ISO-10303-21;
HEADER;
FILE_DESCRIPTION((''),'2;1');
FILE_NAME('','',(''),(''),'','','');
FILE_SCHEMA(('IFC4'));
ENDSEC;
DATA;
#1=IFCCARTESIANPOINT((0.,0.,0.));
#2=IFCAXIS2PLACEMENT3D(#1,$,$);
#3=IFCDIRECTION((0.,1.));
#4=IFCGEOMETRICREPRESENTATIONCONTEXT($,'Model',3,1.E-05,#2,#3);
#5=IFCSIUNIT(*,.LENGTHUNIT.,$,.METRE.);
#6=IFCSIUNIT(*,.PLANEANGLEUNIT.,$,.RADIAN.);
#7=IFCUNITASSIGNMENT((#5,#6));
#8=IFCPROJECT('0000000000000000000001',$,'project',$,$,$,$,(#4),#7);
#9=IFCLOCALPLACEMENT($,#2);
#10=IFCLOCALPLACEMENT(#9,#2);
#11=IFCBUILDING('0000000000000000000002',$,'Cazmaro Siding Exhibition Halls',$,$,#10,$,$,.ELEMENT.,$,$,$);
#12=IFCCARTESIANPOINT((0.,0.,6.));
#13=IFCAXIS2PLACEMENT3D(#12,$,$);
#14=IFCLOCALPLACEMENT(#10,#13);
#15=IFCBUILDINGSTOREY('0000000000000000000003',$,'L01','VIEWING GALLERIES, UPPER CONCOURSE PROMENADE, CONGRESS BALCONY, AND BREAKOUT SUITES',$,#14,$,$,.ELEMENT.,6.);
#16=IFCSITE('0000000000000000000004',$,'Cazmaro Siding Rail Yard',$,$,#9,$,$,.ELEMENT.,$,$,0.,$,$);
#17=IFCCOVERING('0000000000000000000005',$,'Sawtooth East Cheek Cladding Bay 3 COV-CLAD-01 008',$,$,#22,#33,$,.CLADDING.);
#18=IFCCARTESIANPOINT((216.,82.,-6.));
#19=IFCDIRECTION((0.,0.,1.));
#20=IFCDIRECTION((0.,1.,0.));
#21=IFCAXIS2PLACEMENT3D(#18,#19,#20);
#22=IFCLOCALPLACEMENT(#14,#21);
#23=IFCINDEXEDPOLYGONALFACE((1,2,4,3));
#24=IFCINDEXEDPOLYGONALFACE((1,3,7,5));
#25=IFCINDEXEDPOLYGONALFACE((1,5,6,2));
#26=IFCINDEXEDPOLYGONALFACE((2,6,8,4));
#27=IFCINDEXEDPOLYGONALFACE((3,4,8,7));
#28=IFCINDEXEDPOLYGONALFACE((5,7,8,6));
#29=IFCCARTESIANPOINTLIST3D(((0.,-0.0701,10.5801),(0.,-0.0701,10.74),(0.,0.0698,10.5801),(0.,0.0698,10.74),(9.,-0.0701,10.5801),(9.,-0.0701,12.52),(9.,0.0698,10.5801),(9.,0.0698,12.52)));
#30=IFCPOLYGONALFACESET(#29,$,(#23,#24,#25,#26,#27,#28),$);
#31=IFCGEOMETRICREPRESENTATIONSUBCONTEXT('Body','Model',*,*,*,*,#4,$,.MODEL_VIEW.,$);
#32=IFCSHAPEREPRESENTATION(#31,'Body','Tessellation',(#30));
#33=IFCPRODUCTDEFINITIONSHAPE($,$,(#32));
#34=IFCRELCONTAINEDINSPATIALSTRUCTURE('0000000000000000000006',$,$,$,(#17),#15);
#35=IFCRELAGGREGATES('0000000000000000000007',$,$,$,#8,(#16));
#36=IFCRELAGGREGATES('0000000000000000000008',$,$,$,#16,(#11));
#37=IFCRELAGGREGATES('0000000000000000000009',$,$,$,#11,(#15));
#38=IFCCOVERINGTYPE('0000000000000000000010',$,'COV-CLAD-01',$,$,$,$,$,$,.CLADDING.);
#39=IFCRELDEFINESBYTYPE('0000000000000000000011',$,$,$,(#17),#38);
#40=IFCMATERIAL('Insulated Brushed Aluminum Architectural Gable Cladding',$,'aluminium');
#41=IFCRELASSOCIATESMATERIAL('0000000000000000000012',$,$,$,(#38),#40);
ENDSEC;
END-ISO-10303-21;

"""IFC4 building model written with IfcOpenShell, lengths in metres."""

from ifc_helpers import new_model, si_unit, direction, frame, origin, place, context, subcontext, project, spatial, polyline, outline, extrude, material, type_object, element, save


model = new_model("IFC4")

# Units and contexts
model_context = context("Model", 3, precision=1e-05, world=origin(), true_north=direction((0.0, 1.0)))
body_context = subcontext(model_context, "Body", "Model", "MODEL_VIEW")
ifc_project = project(units=[si_unit("LENGTHUNIT", "METRE"), si_unit("PLANEANGLEUNIT", "RADIAN")], contexts=[model_context])

# Site, building, storey
site_placement = place(None, origin())
site = spatial("IfcSite", under=ifc_project, at=site_placement, Name="Cazmaro Siding Rail Yard", CompositionType="ELEMENT", RefElevation=0.0)
building_placement = place(site_placement, origin())
building = spatial("IfcBuilding", under=site, at=building_placement, Name="Cazmaro Siding Exhibition Halls", CompositionType="ELEMENT")
storey_placement = place(building_placement, frame((0.0, 0.0, 6.0)))
storey = spatial("IfcBuildingStorey", under=building, at=storey_placement, Name="L01", Description="VIEWING GALLERIES, UPPER CONCOURSE PROMENADE, CONGRESS BALCONY, AND BREAKOUT SUITES", CompositionType="ELEMENT", Elevation=6.0)

# Covering
ifc_material_1 = material(Name="Insulated Brushed Aluminum Architectural Gable Cladding", Category="aluminium")
covering_type = type_object("IfcCoveringType", Name="COV-CLAD-01", PredefinedType="CLADDING", material=ifc_material_1)
covering_placement = place(storey_placement, frame((216.0, 82.0, -6.0), z_axis=(0.0, 0.0, 1.0), x_axis=(0.0, 1.0, 0.0)))
element("IfcCovering", 1, at=covering_placement, inside=storey, type_object=covering_type, Name="Sawtooth East Cheek Cladding Bay 3 COV-CLAD-01 008", PredefinedType="CLADDING", context=body_context, shape_type="SweptSolid", body=[
    extrude(outline(polyline([(0.0, 10.5801), (9.0, 10.5801), (9.0, 12.52), (0.0, 10.74), (0.0, 10.5801)])), frame((0.0, 0.0698, 0.0), z_axis=(0.0, -1.0, 0.0), x_axis=(1.0, 0.0, 0.0)), (0.0, 0.0, 1.0), 0.1399),
])

save(model, "model.ifc")
